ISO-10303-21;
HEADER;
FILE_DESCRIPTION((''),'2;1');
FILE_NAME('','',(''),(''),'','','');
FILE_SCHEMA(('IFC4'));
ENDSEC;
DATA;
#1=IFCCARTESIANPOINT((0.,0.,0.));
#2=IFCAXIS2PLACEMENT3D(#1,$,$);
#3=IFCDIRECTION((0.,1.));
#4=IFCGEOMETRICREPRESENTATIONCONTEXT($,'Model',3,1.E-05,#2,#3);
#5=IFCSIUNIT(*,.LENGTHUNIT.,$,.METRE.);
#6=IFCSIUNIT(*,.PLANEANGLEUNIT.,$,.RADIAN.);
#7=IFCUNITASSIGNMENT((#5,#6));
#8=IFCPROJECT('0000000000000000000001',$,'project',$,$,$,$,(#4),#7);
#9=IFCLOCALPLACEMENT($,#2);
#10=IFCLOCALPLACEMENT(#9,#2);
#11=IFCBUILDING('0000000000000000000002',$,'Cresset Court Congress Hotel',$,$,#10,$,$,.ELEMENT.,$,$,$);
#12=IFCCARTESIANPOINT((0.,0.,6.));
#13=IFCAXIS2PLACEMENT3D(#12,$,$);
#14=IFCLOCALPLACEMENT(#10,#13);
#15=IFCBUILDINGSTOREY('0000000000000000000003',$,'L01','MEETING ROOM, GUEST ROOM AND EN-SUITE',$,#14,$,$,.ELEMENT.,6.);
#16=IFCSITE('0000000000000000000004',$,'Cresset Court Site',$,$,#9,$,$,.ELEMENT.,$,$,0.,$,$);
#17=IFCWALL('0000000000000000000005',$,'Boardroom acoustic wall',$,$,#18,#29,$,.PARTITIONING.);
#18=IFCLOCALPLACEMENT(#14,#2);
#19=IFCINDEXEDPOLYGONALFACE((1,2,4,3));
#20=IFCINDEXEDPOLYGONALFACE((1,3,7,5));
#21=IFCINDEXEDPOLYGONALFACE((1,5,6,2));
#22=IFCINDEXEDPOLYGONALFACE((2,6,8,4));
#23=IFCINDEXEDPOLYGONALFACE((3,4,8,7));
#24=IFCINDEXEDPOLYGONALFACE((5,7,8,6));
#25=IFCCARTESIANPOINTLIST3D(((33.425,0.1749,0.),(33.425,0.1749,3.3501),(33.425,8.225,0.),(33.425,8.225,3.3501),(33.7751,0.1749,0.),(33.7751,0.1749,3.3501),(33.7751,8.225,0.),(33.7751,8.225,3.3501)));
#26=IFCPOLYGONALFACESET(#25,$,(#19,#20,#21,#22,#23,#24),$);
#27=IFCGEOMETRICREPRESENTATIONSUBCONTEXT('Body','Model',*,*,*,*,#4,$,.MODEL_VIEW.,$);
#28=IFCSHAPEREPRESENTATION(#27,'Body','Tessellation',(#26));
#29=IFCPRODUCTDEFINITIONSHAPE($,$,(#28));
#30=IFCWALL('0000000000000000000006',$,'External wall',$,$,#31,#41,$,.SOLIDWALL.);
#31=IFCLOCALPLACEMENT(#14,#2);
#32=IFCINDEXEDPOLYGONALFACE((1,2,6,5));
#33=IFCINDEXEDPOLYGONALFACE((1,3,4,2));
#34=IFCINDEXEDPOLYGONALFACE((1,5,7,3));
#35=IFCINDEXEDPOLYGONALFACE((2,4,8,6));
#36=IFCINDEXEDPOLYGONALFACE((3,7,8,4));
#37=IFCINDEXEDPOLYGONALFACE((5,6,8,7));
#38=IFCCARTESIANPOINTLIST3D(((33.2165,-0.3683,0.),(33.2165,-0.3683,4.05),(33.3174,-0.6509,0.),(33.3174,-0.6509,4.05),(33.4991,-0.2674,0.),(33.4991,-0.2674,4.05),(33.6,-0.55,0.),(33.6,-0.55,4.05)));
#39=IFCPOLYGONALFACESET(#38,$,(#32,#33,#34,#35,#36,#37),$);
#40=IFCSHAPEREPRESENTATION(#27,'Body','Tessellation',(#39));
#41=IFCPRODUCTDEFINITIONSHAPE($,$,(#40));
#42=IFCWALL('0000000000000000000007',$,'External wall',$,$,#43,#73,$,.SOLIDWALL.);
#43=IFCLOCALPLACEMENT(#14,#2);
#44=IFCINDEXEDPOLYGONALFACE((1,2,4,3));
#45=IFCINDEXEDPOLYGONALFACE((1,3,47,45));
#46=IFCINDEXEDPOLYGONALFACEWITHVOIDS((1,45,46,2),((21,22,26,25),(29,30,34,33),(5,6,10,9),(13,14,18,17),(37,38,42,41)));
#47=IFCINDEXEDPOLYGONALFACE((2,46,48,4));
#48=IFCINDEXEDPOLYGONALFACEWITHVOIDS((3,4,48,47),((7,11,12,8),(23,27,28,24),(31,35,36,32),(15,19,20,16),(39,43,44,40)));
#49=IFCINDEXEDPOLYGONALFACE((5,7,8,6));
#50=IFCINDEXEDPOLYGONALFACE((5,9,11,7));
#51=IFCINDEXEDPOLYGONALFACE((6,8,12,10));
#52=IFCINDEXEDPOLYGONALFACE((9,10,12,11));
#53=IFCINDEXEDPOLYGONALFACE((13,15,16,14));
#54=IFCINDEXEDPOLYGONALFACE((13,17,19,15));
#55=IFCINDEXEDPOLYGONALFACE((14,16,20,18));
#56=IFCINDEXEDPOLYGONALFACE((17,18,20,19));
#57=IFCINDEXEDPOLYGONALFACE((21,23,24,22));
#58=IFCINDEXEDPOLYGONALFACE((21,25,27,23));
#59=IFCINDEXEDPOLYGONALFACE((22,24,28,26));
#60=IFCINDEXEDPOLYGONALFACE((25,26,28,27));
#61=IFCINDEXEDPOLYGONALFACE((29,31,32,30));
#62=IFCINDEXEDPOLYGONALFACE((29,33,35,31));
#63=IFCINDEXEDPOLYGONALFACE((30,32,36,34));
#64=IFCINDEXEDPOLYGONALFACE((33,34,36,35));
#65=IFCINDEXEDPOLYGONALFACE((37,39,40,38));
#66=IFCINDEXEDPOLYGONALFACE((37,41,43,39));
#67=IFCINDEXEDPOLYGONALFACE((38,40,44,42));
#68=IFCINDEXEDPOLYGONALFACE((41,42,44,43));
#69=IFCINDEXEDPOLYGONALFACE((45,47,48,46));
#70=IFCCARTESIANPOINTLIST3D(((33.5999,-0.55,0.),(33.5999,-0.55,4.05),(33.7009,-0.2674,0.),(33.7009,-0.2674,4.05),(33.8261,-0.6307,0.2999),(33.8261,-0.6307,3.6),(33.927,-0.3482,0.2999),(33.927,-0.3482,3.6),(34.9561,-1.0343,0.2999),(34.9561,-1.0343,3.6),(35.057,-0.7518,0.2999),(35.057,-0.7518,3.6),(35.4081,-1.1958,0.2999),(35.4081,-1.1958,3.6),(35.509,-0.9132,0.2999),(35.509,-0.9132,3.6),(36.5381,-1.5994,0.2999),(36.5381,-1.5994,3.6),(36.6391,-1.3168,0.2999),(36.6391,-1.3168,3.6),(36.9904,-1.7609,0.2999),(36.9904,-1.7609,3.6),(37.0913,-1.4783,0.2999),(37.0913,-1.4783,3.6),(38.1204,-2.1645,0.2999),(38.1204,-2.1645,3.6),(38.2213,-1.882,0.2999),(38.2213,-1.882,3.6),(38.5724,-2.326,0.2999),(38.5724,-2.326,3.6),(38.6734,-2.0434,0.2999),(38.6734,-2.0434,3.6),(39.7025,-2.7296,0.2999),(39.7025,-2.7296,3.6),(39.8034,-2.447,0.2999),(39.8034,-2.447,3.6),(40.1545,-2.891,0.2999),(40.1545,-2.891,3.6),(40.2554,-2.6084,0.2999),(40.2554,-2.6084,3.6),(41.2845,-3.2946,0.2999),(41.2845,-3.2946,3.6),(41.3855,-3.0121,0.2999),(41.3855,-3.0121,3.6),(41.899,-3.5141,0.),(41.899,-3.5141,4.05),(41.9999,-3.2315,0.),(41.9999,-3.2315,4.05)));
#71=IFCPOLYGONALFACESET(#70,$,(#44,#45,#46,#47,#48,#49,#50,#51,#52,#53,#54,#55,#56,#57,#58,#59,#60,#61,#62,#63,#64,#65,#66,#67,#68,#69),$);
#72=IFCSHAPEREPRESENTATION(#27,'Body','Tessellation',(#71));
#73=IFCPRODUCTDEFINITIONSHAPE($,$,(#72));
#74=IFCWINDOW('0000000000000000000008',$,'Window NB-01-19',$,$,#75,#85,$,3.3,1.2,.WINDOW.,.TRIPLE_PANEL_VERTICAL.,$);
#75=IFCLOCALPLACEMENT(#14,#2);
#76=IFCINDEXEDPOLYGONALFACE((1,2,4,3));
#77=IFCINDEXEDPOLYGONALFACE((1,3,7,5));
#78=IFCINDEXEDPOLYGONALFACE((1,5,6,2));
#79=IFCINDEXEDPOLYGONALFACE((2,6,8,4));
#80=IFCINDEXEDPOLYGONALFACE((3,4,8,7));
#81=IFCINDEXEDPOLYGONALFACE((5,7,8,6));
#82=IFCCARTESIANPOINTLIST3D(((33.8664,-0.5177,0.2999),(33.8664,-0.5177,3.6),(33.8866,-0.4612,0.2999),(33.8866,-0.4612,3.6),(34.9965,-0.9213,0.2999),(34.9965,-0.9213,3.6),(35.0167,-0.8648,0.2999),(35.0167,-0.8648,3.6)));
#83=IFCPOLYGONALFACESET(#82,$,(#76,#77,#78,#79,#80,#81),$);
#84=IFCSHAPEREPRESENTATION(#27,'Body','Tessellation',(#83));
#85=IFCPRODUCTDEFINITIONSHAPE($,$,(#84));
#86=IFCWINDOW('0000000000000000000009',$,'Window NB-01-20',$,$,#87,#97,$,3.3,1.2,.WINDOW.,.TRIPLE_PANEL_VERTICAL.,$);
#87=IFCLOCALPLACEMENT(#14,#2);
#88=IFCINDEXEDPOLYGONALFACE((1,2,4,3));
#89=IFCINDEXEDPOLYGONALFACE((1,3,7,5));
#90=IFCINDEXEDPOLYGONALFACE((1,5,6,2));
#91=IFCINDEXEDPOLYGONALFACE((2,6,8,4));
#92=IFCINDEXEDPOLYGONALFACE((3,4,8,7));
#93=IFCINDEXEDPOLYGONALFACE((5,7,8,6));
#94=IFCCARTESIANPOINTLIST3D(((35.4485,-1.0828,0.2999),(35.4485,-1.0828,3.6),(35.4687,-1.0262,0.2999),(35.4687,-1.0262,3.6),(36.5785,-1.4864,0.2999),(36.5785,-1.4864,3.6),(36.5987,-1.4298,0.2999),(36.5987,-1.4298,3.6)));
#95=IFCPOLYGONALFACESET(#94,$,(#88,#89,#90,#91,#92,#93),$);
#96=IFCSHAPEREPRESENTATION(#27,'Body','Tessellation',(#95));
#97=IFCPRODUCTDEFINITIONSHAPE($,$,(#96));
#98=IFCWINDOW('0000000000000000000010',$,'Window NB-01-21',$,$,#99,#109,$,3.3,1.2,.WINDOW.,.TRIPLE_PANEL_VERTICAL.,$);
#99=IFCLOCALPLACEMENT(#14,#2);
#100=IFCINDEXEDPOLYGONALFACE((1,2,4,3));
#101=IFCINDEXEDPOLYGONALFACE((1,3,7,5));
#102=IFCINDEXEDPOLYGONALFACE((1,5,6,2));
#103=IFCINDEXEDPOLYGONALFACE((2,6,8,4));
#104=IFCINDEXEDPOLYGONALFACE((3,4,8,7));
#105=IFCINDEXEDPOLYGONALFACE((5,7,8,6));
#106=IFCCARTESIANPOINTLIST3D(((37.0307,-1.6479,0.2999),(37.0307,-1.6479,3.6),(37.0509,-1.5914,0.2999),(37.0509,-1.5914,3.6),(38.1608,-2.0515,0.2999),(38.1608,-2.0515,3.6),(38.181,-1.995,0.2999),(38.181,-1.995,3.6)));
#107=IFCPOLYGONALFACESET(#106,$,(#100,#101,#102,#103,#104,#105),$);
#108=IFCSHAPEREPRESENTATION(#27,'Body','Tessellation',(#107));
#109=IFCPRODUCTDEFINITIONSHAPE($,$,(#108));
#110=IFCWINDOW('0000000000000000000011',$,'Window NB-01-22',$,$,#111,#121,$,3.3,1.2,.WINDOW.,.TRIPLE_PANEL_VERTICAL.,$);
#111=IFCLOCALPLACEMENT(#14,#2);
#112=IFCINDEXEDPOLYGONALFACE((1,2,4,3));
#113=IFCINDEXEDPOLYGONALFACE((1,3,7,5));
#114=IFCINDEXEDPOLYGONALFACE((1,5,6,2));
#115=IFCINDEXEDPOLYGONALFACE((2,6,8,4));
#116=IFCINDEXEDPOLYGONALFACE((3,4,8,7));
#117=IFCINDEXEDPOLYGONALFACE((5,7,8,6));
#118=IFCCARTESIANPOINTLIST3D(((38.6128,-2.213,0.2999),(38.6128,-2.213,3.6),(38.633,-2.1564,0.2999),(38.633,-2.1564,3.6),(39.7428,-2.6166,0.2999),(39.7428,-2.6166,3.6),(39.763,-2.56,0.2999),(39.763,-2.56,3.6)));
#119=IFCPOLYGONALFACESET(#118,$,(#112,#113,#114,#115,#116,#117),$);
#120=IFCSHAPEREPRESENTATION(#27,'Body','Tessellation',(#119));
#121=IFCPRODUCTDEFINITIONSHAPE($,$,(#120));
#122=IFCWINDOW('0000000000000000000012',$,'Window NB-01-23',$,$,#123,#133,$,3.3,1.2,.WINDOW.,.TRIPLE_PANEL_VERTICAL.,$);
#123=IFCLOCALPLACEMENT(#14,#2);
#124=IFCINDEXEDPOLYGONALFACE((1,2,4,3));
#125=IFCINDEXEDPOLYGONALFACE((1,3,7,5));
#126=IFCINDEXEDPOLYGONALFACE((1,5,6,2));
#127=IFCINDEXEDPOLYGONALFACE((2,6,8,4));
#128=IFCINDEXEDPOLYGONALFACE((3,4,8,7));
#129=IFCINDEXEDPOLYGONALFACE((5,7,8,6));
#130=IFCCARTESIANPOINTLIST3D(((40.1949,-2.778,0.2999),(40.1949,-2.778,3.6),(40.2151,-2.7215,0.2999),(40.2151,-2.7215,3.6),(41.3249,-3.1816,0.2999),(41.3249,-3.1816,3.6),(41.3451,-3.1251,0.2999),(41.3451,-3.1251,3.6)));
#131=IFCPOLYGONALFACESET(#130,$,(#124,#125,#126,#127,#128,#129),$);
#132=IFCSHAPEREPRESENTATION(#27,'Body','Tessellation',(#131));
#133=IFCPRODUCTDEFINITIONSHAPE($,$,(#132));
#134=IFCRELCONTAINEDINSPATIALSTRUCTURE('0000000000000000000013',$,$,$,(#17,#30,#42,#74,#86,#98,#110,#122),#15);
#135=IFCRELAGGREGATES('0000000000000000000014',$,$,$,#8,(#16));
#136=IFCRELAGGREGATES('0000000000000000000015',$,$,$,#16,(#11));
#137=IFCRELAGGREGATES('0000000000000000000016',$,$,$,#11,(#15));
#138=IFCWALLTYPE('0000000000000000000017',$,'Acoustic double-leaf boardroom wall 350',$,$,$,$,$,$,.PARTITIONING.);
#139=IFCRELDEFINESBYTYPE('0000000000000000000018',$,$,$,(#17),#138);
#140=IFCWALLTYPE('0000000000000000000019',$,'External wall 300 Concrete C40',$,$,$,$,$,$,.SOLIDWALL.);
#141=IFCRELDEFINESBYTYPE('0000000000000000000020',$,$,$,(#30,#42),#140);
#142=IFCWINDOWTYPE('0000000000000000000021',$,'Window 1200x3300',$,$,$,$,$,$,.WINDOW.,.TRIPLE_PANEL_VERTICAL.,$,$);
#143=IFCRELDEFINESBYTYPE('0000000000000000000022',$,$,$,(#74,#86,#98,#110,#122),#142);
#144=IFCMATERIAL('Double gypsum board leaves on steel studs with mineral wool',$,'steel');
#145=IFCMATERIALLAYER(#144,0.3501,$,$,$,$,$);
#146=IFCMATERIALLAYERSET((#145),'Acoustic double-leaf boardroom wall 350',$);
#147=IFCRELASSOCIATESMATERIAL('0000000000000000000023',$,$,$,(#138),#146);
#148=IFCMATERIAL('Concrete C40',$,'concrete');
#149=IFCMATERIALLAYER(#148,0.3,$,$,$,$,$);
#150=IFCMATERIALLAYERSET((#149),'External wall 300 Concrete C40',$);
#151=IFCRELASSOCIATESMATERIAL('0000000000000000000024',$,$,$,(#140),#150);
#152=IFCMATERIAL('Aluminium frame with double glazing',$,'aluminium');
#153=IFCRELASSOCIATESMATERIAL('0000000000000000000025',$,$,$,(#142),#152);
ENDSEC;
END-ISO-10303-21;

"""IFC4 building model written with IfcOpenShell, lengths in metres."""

from ifc_helpers import new_model, si_unit, direction, frame, frame_2d, origin, place, context, subcontext, project, spatial, rectangle, extrude, material, layer, layer_set, type_object, element, fill, save


model = new_model("IFC4")

# Units and contexts
model_context = context("Model", 3, precision=1e-05, world=origin(), true_north=direction((0.0, 1.0)))
body_context = subcontext(model_context, "Body", "Model", "MODEL_VIEW")
ifc_project = project(units=[si_unit("LENGTHUNIT", "METRE"), si_unit("PLANEANGLEUNIT", "RADIAN")], contexts=[model_context])

# Site, building, storey
site_placement = place(None, origin())
site = spatial("IfcSite", under=ifc_project, at=site_placement, Name="Cresset Court Site", CompositionType="ELEMENT", RefElevation=0.0)
building_placement = place(site_placement, origin())
building = spatial("IfcBuilding", under=site, at=building_placement, Name="Cresset Court Congress Hotel", CompositionType="ELEMENT")
storey_placement = place(building_placement, frame((0.0, 0.0, 6.0)))
storey = spatial("IfcBuildingStorey", under=building, at=storey_placement, Name="L01", Description="MEETING ROOM, GUEST ROOM AND EN-SUITE", CompositionType="ELEMENT", Elevation=6.0)

# Walls
ifc_material_1 = material(Name="Double gypsum board leaves on steel studs with mineral wool", Category="steel")
ifc_layer_1 = layer(ifc_material_1, 0.3501)
ifc_layer_set_1 = layer_set([ifc_layer_1], Name="Acoustic double-leaf boardroom wall 350")
wall_type_1 = type_object("IfcWallType", Name="Acoustic double-leaf boardroom wall 350", PredefinedType="PARTITIONING", material=ifc_layer_set_1)
wall_1_placement = place(storey_placement, frame((33.6001, 0.175, 0.0), z_axis=(0.0, 0.0, 1.0), x_axis=(0.0, 1.0, 0.0)))
element("IfcWall", 1, at=wall_1_placement, inside=storey, type_object=wall_type_1, Name="Boardroom acoustic wall", PredefinedType="PARTITIONING", context=body_context, shape_type="SweptSolid", body=[
    extrude(rectangle(XDim=8.05, YDim=0.3501, at=frame_2d((4.0249, 0.0))), origin(), (0.0, 0.0, 1.0), 3.3501),
])
ifc_material_2 = material(Name="Concrete C40", Category="concrete")
ifc_layer_2 = layer(ifc_material_2, 0.3)
ifc_layer_set_2 = layer_set([ifc_layer_2], Name="External wall 300 Concrete C40")
wall_type_2 = type_object("IfcWallType", Name="External wall 300 Concrete C40", PredefinedType="SOLIDWALL", material=ifc_layer_set_2)
wall_2_placement = place(storey_placement, frame((33.2671, -0.5095, 0.0), z_axis=(0.0, 0.0, 1.0), x_axis=(0.941797, 0.336182, 0.0)))
element("IfcWall", 2, at=wall_2_placement, inside=storey, type_object=wall_type_2, Name="External wall", PredefinedType="SOLIDWALL", context=body_context, shape_type="SweptSolid", body=[
    extrude(rectangle(XDim=0.3, YDim=0.3, at=frame_2d((0.1499, 0.0))), origin(), (0.0, 0.0, 1.0), 4.05),
])

# Wall, openings, windows
wall_3_placement = place(storey_placement, frame((33.6504, -0.4087, 0.0), z_axis=(0.0, 0.0, 1.0), x_axis=(0.941736, -0.336352, 0.0)))
wall_3 = element("IfcWall", 3, at=wall_3_placement, inside=storey, type_object=wall_type_2, Name="External wall", PredefinedType="SOLIDWALL", context=body_context, shape_type="SweptSolid", body=[
    extrude(rectangle(XDim=8.8125, YDim=0.3, at=frame_2d((4.4062, 0.0))), origin(), (0.0, 0.0, 1.0), 4.05),
])
opening_1_placement = place(wall_3_placement, frame((0.24, 0.0, 0.3)))
opening_1 = element("IfcOpeningElement", 4, at=opening_1_placement, cuts=wall_3, PredefinedType="OPENING", context=body_context, shape_type="SweptSolid", body=[
    extrude(rectangle(XDim=1.2, YDim=3.3, at=frame_2d((0.6001, 1.6499))), frame((0.0, 0.1599, 0.0), z_axis=(0.0, -1.0, 0.0), x_axis=(1.0, 0.0, 0.0)), (0.0, 0.0, 1.0), 0.3201),
])
opening_2_placement = place(wall_3_placement, frame((1.9199, 0.0, 0.3)))
opening_2 = element("IfcOpeningElement", 5, at=opening_2_placement, cuts=wall_3, PredefinedType="OPENING", context=body_context, shape_type="SweptSolid", body=[
    extrude(rectangle(XDim=1.2, YDim=3.3, at=frame_2d((0.6001, 1.6499))), frame((0.0, 0.1599, 0.0), z_axis=(0.0, -1.0, 0.0), x_axis=(1.0, 0.0, 0.0)), (0.0, 0.0, 1.0), 0.3201),
])
opening_3_placement = place(wall_3_placement, frame((3.6001, 0.0, 0.3)))
opening_3 = element("IfcOpeningElement", 6, at=opening_3_placement, cuts=wall_3, PredefinedType="OPENING", context=body_context, shape_type="SweptSolid", body=[
    extrude(rectangle(XDim=1.2, YDim=3.3, at=frame_2d((0.6001, 1.6499))), frame((0.0, 0.1599, 0.0), z_axis=(0.0, -1.0, 0.0), x_axis=(1.0, 0.0, 0.0)), (0.0, 0.0, 1.0), 0.3201),
])
opening_4_placement = place(wall_3_placement, frame((5.28, 0.0, 0.3)))
opening_4 = element("IfcOpeningElement", 7, at=opening_4_placement, cuts=wall_3, PredefinedType="OPENING", context=body_context, shape_type="SweptSolid", body=[
    extrude(rectangle(XDim=1.2, YDim=3.3, at=frame_2d((0.6001, 1.6499))), frame((0.0, 0.1599, 0.0), z_axis=(0.0, -1.0, 0.0), x_axis=(1.0, 0.0, 0.0)), (0.0, 0.0, 1.0), 0.3201),
])
opening_5_placement = place(wall_3_placement, frame((6.96, 0.0, 0.3)))
opening_5 = element("IfcOpeningElement", 8, at=opening_5_placement, cuts=wall_3, PredefinedType="OPENING", context=body_context, shape_type="SweptSolid", body=[
    extrude(rectangle(XDim=1.2, YDim=3.3, at=frame_2d((0.6001, 1.6499))), frame((0.0, 0.1599, 0.0), z_axis=(0.0, -1.0, 0.0), x_axis=(1.0, 0.0, 0.0)), (0.0, 0.0, 1.0), 0.3201),
])
ifc_material_3 = material(Name="Aluminium frame with double glazing", Category="aluminium")
window_type = type_object("IfcWindowType", Name="Window 1200x3300", PartitioningType="TRIPLE_PANEL_VERTICAL", PredefinedType="WINDOW", material=ifc_material_3)
window_1_placement = place(opening_1_placement, origin())
window_1 = element("IfcWindow", 9, at=window_1_placement, inside=storey, type_object=window_type, Name="Window NB-01-19", OverallHeight=3.3, OverallWidth=1.2, PartitioningType="TRIPLE_PANEL_VERTICAL", PredefinedType="WINDOW", context=body_context, shape_type="SweptSolid", body=[
    extrude(rectangle(XDim=1.2, YDim=3.3, at=frame_2d((0.6001, 1.6499))), frame((0.0, 0.03, 0.0), z_axis=(0.0, -1.0, 0.0), x_axis=(1.0, 0.0, 0.0)), (0.0, 0.0, 1.0), 0.0601),
])
fill(opening_1, window_1)
window_2_placement = place(opening_2_placement, origin())
window_2 = element("IfcWindow", 10, at=window_2_placement, inside=storey, type_object=window_type, Name="Window NB-01-20", OverallHeight=3.3, OverallWidth=1.2, PartitioningType="TRIPLE_PANEL_VERTICAL", PredefinedType="WINDOW", context=body_context, shape_type="SweptSolid", body=[
    extrude(rectangle(XDim=1.2, YDim=3.3, at=frame_2d((0.6001, 1.6499))), frame((0.0, 0.03, 0.0), z_axis=(0.0, -1.0, 0.0), x_axis=(1.0, 0.0, 0.0)), (0.0, 0.0, 1.0), 0.0601),
])
fill(opening_2, window_2)
window_3_placement = place(opening_3_placement, origin())
window_3 = element("IfcWindow", 11, at=window_3_placement, inside=storey, type_object=window_type, Name="Window NB-01-21", OverallHeight=3.3, OverallWidth=1.2, PartitioningType="TRIPLE_PANEL_VERTICAL", PredefinedType="WINDOW", context=body_context, shape_type="SweptSolid", body=[
    extrude(rectangle(XDim=1.2, YDim=3.3, at=frame_2d((0.6001, 1.6499))), frame((0.0, 0.03, 0.0), z_axis=(0.0, -1.0, 0.0), x_axis=(1.0, 0.0, 0.0)), (0.0, 0.0, 1.0), 0.0601),
])
fill(opening_3, window_3)
window_4_placement = place(opening_4_placement, origin())
window_4 = element("IfcWindow", 12, at=window_4_placement, inside=storey, type_object=window_type, Name="Window NB-01-22", OverallHeight=3.3, OverallWidth=1.2, PartitioningType="TRIPLE_PANEL_VERTICAL", PredefinedType="WINDOW", context=body_context, shape_type="SweptSolid", body=[
    extrude(rectangle(XDim=1.2, YDim=3.3, at=frame_2d((0.6001, 1.6499))), frame((0.0, 0.03, 0.0), z_axis=(0.0, -1.0, 0.0), x_axis=(1.0, 0.0, 0.0)), (0.0, 0.0, 1.0), 0.0601),
])
fill(opening_4, window_4)
window_5_placement = place(opening_5_placement, origin())
window_5 = element("IfcWindow", 13, at=window_5_placement, inside=storey, type_object=window_type, Name="Window NB-01-23", OverallHeight=3.3, OverallWidth=1.2, PartitioningType="TRIPLE_PANEL_VERTICAL", PredefinedType="WINDOW", context=body_context, shape_type="SweptSolid", body=[
    extrude(rectangle(XDim=1.2, YDim=3.3, at=frame_2d((0.6001, 1.6499))), frame((0.0, 0.03, 0.0), z_axis=(0.0, -1.0, 0.0), x_axis=(1.0, 0.0, 0.0)), (0.0, 0.0, 1.0), 0.0601),
])
fill(opening_5, window_5)

save(model, "model.ifc")
